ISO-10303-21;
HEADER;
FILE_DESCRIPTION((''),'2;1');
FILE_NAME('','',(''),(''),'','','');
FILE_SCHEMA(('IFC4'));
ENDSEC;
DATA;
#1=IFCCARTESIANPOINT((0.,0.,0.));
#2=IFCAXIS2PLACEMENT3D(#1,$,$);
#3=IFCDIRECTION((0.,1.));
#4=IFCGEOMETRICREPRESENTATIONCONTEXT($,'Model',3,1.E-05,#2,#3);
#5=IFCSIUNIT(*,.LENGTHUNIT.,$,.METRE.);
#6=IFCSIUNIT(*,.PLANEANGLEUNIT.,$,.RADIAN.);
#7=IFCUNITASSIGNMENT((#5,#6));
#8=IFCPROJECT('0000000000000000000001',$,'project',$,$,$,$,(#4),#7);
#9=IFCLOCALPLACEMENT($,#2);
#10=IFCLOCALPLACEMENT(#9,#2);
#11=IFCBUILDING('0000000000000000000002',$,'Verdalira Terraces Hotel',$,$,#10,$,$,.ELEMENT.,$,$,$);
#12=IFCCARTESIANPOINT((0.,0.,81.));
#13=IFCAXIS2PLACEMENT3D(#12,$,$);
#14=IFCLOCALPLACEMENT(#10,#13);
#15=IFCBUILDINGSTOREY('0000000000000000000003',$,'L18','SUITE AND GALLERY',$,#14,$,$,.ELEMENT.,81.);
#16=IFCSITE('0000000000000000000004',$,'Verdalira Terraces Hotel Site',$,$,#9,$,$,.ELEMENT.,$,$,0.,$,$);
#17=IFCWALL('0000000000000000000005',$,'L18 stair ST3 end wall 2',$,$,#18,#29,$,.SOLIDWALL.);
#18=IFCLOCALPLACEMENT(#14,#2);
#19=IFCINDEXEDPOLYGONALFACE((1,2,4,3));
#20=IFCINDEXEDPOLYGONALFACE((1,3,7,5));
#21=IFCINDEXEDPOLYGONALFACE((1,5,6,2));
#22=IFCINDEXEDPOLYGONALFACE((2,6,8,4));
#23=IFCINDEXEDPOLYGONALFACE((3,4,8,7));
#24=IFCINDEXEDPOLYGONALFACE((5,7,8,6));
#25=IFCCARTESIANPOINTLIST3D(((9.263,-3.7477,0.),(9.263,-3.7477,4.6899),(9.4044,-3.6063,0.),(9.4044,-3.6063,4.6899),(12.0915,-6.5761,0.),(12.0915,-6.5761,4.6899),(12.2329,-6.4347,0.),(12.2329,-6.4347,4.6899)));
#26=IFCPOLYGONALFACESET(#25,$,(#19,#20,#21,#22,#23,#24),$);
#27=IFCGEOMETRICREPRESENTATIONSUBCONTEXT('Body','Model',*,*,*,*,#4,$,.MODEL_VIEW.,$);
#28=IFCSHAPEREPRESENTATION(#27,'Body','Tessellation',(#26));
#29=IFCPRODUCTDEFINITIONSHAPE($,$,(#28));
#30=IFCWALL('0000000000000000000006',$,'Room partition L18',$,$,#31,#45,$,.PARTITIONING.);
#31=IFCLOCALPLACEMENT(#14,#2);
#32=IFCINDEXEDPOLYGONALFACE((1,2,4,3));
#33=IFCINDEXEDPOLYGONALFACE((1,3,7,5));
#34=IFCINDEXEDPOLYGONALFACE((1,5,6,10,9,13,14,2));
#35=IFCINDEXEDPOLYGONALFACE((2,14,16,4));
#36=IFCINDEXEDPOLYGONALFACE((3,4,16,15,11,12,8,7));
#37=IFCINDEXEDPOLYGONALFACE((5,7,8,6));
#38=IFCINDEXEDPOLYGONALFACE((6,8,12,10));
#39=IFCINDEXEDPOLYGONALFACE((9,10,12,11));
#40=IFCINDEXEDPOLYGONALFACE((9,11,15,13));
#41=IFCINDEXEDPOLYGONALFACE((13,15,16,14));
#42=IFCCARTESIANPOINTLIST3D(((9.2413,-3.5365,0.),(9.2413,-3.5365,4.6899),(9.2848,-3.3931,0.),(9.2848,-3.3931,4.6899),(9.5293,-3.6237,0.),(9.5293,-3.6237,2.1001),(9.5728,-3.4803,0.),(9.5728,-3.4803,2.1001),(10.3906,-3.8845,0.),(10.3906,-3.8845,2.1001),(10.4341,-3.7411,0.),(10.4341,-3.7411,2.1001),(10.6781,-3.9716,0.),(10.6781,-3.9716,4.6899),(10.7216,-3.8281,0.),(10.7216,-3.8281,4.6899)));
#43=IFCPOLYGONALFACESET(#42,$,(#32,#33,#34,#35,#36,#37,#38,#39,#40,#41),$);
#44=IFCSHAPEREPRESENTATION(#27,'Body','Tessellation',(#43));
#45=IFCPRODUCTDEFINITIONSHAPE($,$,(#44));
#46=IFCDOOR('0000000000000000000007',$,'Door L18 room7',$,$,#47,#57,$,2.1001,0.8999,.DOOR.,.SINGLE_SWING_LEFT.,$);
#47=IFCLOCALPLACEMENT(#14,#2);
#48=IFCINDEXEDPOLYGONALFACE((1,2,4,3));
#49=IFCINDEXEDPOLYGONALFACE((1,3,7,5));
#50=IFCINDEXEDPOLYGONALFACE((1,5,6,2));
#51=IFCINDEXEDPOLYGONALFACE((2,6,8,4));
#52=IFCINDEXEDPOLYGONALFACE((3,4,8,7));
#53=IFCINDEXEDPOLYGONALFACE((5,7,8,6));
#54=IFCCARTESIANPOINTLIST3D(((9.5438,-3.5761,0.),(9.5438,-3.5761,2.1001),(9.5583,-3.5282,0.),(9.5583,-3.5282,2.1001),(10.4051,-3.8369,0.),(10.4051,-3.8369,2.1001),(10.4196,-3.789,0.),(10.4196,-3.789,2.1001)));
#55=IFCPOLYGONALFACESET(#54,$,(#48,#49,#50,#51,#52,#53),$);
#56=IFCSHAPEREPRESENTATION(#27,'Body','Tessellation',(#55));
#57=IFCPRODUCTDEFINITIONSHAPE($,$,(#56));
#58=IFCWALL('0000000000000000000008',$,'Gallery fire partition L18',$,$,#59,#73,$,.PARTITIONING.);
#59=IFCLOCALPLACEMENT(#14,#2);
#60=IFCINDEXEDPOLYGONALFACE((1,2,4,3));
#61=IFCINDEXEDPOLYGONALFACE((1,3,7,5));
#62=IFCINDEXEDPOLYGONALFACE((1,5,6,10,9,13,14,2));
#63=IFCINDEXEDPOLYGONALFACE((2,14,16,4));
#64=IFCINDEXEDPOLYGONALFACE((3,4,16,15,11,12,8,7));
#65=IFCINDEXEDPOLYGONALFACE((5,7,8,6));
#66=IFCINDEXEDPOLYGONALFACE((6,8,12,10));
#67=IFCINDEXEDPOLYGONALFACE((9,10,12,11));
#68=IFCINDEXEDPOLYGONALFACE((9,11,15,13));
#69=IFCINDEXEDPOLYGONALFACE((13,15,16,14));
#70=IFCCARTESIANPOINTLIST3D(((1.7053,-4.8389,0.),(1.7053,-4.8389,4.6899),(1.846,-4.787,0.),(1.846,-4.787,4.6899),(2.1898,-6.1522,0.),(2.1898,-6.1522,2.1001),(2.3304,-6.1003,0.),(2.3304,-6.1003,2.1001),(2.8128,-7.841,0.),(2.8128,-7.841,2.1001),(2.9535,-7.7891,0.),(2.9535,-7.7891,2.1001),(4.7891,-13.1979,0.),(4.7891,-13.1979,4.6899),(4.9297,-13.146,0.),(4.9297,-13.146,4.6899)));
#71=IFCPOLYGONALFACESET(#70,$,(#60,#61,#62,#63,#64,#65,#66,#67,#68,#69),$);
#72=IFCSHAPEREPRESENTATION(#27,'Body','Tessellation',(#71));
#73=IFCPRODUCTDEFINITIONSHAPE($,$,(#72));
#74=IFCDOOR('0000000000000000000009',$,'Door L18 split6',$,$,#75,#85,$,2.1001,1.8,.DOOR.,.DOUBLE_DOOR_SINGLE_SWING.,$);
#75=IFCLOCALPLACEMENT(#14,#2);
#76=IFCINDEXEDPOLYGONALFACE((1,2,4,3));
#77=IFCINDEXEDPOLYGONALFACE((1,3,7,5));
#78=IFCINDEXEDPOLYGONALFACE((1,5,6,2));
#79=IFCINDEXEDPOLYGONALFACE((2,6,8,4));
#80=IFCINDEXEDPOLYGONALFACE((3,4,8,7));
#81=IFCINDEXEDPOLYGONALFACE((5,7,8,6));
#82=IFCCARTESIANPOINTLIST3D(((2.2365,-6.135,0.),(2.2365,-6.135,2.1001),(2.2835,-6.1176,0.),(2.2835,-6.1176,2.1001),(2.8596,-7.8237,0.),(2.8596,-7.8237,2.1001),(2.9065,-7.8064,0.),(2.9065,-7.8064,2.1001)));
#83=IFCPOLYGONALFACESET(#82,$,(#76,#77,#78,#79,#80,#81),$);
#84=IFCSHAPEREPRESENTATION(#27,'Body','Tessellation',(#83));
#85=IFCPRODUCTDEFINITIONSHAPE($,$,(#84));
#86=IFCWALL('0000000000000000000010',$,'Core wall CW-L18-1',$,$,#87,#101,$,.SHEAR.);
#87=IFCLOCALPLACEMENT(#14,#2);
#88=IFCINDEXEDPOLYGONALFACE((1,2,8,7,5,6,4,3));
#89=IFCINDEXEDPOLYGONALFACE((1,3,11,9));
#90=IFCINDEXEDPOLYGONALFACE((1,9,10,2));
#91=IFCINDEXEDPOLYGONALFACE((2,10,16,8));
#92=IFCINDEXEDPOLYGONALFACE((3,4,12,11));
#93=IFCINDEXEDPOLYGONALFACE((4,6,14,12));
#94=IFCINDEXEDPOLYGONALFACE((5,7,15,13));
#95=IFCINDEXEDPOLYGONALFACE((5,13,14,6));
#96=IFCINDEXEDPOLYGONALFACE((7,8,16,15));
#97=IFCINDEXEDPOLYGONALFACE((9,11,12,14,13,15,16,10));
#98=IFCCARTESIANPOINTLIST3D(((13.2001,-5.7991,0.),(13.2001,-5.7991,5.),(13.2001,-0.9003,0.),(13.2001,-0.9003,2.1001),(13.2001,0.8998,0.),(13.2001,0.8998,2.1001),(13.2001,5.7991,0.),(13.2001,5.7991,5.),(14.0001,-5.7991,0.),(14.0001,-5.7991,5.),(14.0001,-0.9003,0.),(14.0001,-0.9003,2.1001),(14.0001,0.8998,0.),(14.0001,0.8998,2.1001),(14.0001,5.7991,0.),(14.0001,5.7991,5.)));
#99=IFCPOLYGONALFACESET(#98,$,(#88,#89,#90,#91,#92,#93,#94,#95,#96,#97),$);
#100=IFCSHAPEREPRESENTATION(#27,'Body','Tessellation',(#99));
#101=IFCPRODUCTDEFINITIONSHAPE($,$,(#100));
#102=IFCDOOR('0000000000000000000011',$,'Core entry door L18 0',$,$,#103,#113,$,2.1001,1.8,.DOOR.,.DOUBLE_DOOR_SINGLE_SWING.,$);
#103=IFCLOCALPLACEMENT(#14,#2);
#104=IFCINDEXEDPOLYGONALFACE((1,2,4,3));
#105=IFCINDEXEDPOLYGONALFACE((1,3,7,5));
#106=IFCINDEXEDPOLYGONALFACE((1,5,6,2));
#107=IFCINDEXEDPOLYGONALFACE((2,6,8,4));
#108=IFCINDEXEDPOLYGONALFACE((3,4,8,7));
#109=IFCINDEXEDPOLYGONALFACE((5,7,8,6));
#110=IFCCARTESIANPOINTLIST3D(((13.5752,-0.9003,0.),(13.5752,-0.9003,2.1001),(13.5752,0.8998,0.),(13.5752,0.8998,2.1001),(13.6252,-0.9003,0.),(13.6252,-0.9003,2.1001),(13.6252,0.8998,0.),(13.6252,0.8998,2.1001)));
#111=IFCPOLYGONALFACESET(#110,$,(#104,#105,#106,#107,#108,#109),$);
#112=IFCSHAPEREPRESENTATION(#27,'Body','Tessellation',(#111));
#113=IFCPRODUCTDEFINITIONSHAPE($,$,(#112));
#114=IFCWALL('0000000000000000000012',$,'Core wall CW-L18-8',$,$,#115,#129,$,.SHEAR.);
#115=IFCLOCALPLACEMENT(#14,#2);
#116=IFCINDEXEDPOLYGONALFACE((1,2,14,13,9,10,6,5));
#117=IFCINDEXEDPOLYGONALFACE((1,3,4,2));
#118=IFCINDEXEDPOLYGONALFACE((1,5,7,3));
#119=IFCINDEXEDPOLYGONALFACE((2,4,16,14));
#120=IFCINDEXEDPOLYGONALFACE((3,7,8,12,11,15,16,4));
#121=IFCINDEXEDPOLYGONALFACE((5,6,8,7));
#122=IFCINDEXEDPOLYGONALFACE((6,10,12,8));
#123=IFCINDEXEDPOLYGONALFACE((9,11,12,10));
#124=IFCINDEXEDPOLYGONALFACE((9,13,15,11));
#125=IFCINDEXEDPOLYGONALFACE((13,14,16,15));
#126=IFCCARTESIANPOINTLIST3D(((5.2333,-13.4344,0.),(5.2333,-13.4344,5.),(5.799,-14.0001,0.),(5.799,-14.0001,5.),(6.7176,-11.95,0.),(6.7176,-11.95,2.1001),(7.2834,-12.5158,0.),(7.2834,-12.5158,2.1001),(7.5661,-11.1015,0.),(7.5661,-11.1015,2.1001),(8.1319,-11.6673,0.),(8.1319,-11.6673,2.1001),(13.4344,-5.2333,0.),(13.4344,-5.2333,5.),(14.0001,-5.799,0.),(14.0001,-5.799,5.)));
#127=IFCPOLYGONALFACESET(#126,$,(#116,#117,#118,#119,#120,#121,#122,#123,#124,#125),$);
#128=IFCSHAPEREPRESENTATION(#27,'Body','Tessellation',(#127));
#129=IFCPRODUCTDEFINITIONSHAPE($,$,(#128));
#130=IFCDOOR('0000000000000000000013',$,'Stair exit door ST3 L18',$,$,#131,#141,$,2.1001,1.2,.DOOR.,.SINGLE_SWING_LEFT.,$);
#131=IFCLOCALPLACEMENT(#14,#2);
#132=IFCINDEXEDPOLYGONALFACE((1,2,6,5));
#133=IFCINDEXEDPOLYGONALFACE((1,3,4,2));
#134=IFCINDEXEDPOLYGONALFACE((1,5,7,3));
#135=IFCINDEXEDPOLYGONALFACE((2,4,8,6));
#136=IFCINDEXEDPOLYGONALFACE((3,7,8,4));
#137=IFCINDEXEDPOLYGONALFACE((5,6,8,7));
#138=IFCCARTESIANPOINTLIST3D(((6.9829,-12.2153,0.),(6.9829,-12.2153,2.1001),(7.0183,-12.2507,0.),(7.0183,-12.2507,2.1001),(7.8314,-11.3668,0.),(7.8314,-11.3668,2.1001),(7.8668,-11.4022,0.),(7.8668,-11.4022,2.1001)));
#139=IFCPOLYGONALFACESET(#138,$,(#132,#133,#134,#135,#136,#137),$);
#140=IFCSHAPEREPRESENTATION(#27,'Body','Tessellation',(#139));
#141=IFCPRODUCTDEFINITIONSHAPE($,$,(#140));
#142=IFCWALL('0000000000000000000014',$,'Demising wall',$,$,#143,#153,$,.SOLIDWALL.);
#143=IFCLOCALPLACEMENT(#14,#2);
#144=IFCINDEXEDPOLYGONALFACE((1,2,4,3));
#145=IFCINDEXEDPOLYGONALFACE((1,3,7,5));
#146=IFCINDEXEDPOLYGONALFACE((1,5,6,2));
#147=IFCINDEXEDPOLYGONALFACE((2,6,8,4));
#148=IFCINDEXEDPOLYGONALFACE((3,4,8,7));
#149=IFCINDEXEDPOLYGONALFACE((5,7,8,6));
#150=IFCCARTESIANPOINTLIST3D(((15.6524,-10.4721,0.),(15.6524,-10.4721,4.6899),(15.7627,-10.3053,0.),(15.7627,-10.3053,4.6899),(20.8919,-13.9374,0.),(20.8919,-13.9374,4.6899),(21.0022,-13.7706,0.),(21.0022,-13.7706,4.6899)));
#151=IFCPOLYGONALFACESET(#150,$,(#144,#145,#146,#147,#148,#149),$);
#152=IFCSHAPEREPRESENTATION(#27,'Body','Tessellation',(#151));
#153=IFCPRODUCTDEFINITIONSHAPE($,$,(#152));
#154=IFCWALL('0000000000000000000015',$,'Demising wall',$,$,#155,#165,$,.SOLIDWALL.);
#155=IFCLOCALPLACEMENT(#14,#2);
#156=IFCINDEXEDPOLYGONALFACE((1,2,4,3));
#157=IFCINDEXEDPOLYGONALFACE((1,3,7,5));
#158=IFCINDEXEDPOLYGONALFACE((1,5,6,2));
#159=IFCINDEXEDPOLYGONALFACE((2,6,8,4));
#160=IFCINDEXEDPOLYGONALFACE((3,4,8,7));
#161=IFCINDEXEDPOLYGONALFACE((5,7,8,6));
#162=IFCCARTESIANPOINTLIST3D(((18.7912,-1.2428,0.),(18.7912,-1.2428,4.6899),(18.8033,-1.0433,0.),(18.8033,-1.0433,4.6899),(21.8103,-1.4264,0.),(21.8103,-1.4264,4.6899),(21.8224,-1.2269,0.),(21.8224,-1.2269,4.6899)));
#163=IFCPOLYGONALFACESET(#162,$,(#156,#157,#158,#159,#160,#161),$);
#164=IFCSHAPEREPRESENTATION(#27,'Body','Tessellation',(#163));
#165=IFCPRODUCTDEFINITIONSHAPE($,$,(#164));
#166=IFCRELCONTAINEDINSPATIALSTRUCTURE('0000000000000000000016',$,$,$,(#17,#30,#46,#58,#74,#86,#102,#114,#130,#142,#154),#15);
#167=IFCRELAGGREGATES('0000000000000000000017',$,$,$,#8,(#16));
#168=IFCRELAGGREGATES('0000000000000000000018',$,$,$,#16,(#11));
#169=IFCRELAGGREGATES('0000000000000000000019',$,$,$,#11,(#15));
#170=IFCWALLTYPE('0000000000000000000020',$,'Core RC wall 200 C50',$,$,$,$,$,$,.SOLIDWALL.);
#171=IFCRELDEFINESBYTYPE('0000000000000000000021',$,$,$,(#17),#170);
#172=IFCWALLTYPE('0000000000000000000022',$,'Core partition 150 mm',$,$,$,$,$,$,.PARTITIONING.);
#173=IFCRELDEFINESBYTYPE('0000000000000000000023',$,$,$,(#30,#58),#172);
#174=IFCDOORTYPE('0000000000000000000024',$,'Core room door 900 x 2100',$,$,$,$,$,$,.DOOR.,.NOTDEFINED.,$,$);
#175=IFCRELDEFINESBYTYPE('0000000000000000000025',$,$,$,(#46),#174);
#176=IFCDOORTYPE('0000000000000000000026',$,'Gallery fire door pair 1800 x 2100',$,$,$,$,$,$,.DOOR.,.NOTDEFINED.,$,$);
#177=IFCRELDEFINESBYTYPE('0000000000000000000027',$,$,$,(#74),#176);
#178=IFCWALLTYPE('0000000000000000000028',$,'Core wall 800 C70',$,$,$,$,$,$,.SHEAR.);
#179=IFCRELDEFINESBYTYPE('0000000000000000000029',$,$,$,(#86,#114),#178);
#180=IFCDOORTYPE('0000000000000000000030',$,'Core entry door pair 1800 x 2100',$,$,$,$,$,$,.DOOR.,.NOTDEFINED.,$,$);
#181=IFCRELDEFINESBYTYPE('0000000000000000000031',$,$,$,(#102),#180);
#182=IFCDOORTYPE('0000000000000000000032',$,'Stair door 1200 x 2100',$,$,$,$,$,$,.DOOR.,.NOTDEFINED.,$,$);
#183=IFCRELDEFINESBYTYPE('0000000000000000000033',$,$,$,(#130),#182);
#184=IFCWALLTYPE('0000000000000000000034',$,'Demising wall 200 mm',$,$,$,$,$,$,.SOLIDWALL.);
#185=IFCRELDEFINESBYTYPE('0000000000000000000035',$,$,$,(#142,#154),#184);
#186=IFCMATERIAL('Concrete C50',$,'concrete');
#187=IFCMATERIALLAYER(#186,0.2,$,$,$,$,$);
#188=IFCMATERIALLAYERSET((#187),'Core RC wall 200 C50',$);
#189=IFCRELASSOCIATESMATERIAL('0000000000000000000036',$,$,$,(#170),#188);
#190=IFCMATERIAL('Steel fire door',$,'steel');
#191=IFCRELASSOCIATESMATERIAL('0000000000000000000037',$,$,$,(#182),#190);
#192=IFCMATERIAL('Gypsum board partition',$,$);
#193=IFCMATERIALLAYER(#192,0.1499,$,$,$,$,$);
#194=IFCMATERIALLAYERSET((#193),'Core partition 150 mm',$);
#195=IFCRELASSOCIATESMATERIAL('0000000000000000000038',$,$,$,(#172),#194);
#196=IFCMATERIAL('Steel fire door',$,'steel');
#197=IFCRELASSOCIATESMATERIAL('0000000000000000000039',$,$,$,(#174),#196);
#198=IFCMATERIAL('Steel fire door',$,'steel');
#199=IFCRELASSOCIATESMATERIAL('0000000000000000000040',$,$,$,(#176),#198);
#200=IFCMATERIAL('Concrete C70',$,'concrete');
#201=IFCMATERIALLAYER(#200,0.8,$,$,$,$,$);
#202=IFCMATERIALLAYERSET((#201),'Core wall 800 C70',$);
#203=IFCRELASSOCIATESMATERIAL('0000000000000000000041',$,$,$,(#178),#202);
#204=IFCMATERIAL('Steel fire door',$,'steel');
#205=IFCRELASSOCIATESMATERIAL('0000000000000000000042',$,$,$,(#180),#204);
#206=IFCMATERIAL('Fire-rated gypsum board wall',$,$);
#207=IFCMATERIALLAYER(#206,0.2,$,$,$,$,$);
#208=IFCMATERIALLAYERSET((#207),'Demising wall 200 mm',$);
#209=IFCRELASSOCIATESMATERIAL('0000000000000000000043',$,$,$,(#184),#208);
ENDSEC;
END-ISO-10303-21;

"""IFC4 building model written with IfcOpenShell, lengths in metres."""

from ifc_helpers import new_model, si_unit, direction, frame, frame_2d, origin, place, context, subcontext, project, spatial, rectangle, extrude, material, layer, layer_set, type_object, element, fill, save


model = new_model("IFC4")

# Units and contexts
model_context = context("Model", 3, precision=1e-05, world=origin(), true_north=direction((0.0, 1.0)))
body_context = subcontext(model_context, "Body", "Model", "MODEL_VIEW")
ifc_project = project(units=[si_unit("LENGTHUNIT", "METRE"), si_unit("PLANEANGLEUNIT", "RADIAN")], contexts=[model_context])

# Site, building, storey
site_placement = place(None, origin())
site = spatial("IfcSite", under=ifc_project, at=site_placement, Name="Verdalira Terraces Hotel Site", CompositionType="ELEMENT", RefElevation=0.0)
building_placement = place(site_placement, origin())
building = spatial("IfcBuilding", under=site, at=building_placement, Name="Verdalira Terraces Hotel", CompositionType="ELEMENT")
storey_placement = place(building_placement, frame((0.0, 0.0, 81.0)))
storey = spatial("IfcBuildingStorey", under=building, at=storey_placement, Name="L18", Description="SUITE AND GALLERY", CompositionType="ELEMENT", Elevation=81.0)

# Shared definitions
ifc_material_1 = material(Name="Concrete C50", Category="concrete")
ifc_layer_1 = layer(ifc_material_1, 0.2)
ifc_layer_set_1 = layer_set([ifc_layer_1], Name="Core RC wall 200 C50")
wall_type_1 = type_object("IfcWallType", Name="Core RC wall 200 C50", PredefinedType="SOLIDWALL", material=ifc_layer_set_1)
ifc_material_2 = material(Name="Steel fire door", Category="steel")
door_type_1 = type_object("IfcDoorType", Name="Stair door 1200 x 2100", OperationType="NOTDEFINED", PredefinedType="DOOR", material=ifc_material_2)

# Wall
for number, where, z_axis, x_axis, name in (
    (1, (9.3337, -3.677, 0.0), (0.0, 0.0, 1.0), (0.707107, -0.707107, 0.0), "L18 stair ST3 end wall 2"),
):
    element("IfcWall", number, at=place(storey_placement, frame(where, z_axis=z_axis, x_axis=x_axis)), inside=storey, type_object=wall_type_1, Name=name, PredefinedType="SOLIDWALL", context=body_context, shape_type="SweptSolid", body=[
        extrude(rectangle(XDim=4.0, YDim=0.2, at=frame_2d((2.0, 0.0))), origin(), (0.0, 0.0, 1.0), 4.6899),
    ])

# Walls, openings, doors
ifc_material_3 = material(Name="Gypsum board partition")
ifc_layer_2 = layer(ifc_material_3, 0.1499)
ifc_layer_set_2 = layer_set([ifc_layer_2], Name="Core partition 150 mm")
wall_type_2 = type_object("IfcWallType", Name="Core partition 150 mm", PredefinedType="PARTITIONING", material=ifc_layer_set_2)
wall_1_placement = place(storey_placement, frame((9.2632, -3.4648, 0.0), z_axis=(0.0, 0.0, 1.0), x_axis=(0.957085, -0.289809, 0.0)))
wall_1 = element("IfcWall", 2, at=wall_1_placement, inside=storey, type_object=wall_type_2, Name="Room partition L18", PredefinedType="PARTITIONING", context=body_context, shape_type="SweptSolid", body=[
    extrude(rectangle(XDim=1.5012, YDim=0.1499, at=frame_2d((0.7505, 0.0))), origin(), (0.0, 0.0, 1.0), 4.6899),
])
opening_1_placement = place(wall_1_placement, frame((0.3008, 0.0, 0.0)))
opening_1 = element("IfcOpeningElement", 3, at=opening_1_placement, cuts=wall_1, PredefinedType="OPENING", context=body_context, shape_type="SweptSolid", body=[
    extrude(rectangle(XDim=0.8999, YDim=2.1001, at=frame_2d((0.45, 1.05))), frame((0.0, 0.085, 0.0), z_axis=(0.0, -1.0, 0.0), x_axis=(1.0, 0.0, 0.0)), (0.0, 0.0, 1.0), 0.1699),
])
ifc_material_4 = material(Name="Steel fire door", Category="steel")
door_type_2 = type_object("IfcDoorType", Name="Core room door 900 x 2100", OperationType="NOTDEFINED", PredefinedType="DOOR", material=ifc_material_4)
door_1_placement = place(opening_1_placement, origin())
door_1 = element("IfcDoor", 4, at=door_1_placement, inside=storey, type_object=door_type_2, Name="Door L18 room7", OperationType="SINGLE_SWING_LEFT", OverallHeight=2.1001, OverallWidth=0.8999, PredefinedType="DOOR", context=body_context, shape_type="SweptSolid", body=[
    extrude(rectangle(XDim=0.8999, YDim=2.1001, at=frame_2d((0.45, 1.05))), frame((0.0, 0.0249, 0.0), z_axis=(0.0, -1.0, 0.0), x_axis=(1.0, 0.0, 0.0)), (0.0, 0.0, 1.0), 0.05),
])
fill(opening_1, door_1)
wall_2_placement = place(storey_placement, frame((1.7756, -4.813, 0.0), z_axis=(0.0, 0.0, 1.0), x_axis=(0.346115, -0.938192, 0.0)))
wall_2 = element("IfcWall", 5, at=wall_2_placement, inside=storey, type_object=wall_type_2, Name="Gallery fire partition L18", PredefinedType="PARTITIONING", context=body_context, shape_type="SweptSolid", body=[
    extrude(rectangle(XDim=8.9097, YDim=0.1499, at=frame_2d((4.4548, 0.0))), origin(), (0.0, 0.0, 1.0), 4.6899),
])
opening_2_placement = place(wall_2_placement, frame((1.3999, 0.0, 0.0)))
opening_2 = element("IfcOpeningElement", 6, at=opening_2_placement, cuts=wall_2, PredefinedType="OPENING", context=body_context, shape_type="SweptSolid", body=[
    extrude(rectangle(XDim=1.8, YDim=2.1001, at=frame_2d((0.8999, 1.05))), frame((0.0, 0.085, 0.0), z_axis=(0.0, -1.0, 0.0), x_axis=(1.0, 0.0, 0.0)), (0.0, 0.0, 1.0), 0.1699),
])
ifc_material_5 = material(Name="Steel fire door", Category="steel")
door_type_3 = type_object("IfcDoorType", Name="Gallery fire door pair 1800 x 2100", OperationType="NOTDEFINED", PredefinedType="DOOR", material=ifc_material_5)
door_2_placement = place(opening_2_placement, origin())
door_2 = element("IfcDoor", 7, at=door_2_placement, inside=storey, type_object=door_type_3, Name="Door L18 split6", OperationType="DOUBLE_DOOR_SINGLE_SWING", OverallHeight=2.1001, OverallWidth=1.8, PredefinedType="DOOR", context=body_context, shape_type="SweptSolid", body=[
    extrude(rectangle(XDim=1.8, YDim=2.1001, at=frame_2d((0.8999, 1.05))), frame((0.0, 0.0249, 0.0), z_axis=(0.0, -1.0, 0.0), x_axis=(1.0, 0.0, 0.0)), (0.0, 0.0, 1.0), 0.05),
])
fill(opening_2, door_2)
ifc_material_6 = material(Name="Concrete C70", Category="concrete")
ifc_layer_3 = layer(ifc_material_6, 0.8)
ifc_layer_set_3 = layer_set([ifc_layer_3], Name="Core wall 800 C70")
wall_type_3 = type_object("IfcWallType", Name="Core wall 800 C70", PredefinedType="SHEAR", material=ifc_layer_set_3)
wall_3_placement = place(storey_placement, frame((13.6001, -5.7991, 0.0), z_axis=(0.0, 0.0, 1.0), x_axis=(0.0, 1.0, 0.0)))
wall_3 = element("IfcWall", 8, at=wall_3_placement, inside=storey, type_object=wall_type_3, Name="Core wall CW-L18-1", PredefinedType="SHEAR", context=body_context, shape_type="SweptSolid", body=[
    extrude(rectangle(XDim=11.5981, YDim=0.8, at=frame_2d((5.7991, 0.0))), origin(), (0.0, 0.0, 1.0), 5.0),
])
opening_3_placement = place(wall_3_placement, frame((4.8989, 0.0, 0.0)))
opening_3 = element("IfcOpeningElement", 9, at=opening_3_placement, cuts=wall_3, PredefinedType="OPENING", context=body_context, shape_type="SweptSolid", body=[
    extrude(rectangle(XDim=1.8, YDim=2.1001, at=frame_2d((0.8999, 1.05))), frame((0.0, 0.4099, 0.0), z_axis=(0.0, -1.0, 0.0), x_axis=(1.0, 0.0, 0.0)), (0.0, 0.0, 1.0), 0.8201),
])
ifc_material_7 = material(Name="Steel fire door", Category="steel")
door_type_4 = type_object("IfcDoorType", Name="Core entry door pair 1800 x 2100", OperationType="NOTDEFINED", PredefinedType="DOOR", material=ifc_material_7)
door_3_placement = place(opening_3_placement, origin())
door_3 = element("IfcDoor", 10, at=door_3_placement, inside=storey, type_object=door_type_4, Name="Core entry door L18 0", OperationType="DOUBLE_DOOR_SINGLE_SWING", OverallHeight=2.1001, OverallWidth=1.8, PredefinedType="DOOR", context=body_context, shape_type="SweptSolid", body=[
    extrude(rectangle(XDim=1.8, YDim=2.1001, at=frame_2d((0.8999, 1.05))), frame((0.0, 0.0249, 0.0), z_axis=(0.0, -1.0, 0.0), x_axis=(1.0, 0.0, 0.0)), (0.0, 0.0, 1.0), 0.05),
])
fill(opening_3, door_3)
wall_4_placement = place(storey_placement, frame((5.5161, -13.7173, 0.0), z_axis=(0.0, 0.0, 1.0), x_axis=(0.707107, 0.707107, 0.0)))
wall_4 = element("IfcWall", 11, at=wall_4_placement, inside=storey, type_object=wall_type_3, Name="Core wall CW-L18-8", PredefinedType="SHEAR", context=body_context, shape_type="SweptSolid", body=[
    extrude(rectangle(XDim=11.5981, YDim=0.8, at=frame_2d((5.7991, 0.0))), origin(), (0.0, 0.0, 1.0), 5.0),
])
opening_4_placement = place(wall_4_placement, frame((2.0991, 0.0, 0.0)))
opening_4 = element("IfcOpeningElement", 12, at=opening_4_placement, cuts=wall_4, PredefinedType="OPENING", context=body_context, shape_type="SweptSolid", body=[
    extrude(rectangle(XDim=1.2, YDim=2.1001, at=frame_2d((0.6001, 1.05))), frame((0.0, 0.4099, 0.0), z_axis=(0.0, -1.0, 0.0), x_axis=(1.0, 0.0, 0.0)), (0.0, 0.0, 1.0), 0.8201),
])
door_4_placement = place(opening_4_placement, origin())
door_4 = element("IfcDoor", 13, at=door_4_placement, inside=storey, type_object=door_type_1, Name="Stair exit door ST3 L18", OperationType="SINGLE_SWING_LEFT", OverallHeight=2.1001, OverallWidth=1.2, PredefinedType="DOOR", context=body_context, shape_type="SweptSolid", body=[
    extrude(rectangle(XDim=1.2, YDim=2.1001, at=frame_2d((0.6001, 1.05))), frame((0.0, 0.0249, 0.0), z_axis=(0.0, -1.0, 0.0), x_axis=(1.0, 0.0, 0.0)), (0.0, 0.0, 1.0), 0.05),
])
fill(opening_4, door_4)

# Walls
ifc_material_8 = material(Name="Fire-rated gypsum board wall")
ifc_layer_4 = layer(ifc_material_8, 0.2)
ifc_layer_set_4 = layer_set([ifc_layer_4], Name="Demising wall 200 mm")
wall_type_4 = type_object("IfcWallType", Name="Demising wall 200 mm", PredefinedType="SOLIDWALL", material=ifc_layer_set_4)
wall_5_placement = place(storey_placement, frame((20.947, -13.854, 0.0), z_axis=(0.0, 0.0, 1.0), x_axis=(-0.834078, 0.551647, 0.0)))
element("IfcWall", 14, at=wall_5_placement, inside=storey, type_object=wall_type_4, Name="Demising wall", PredefinedType="SOLIDWALL", context=body_context, shape_type="SweptSolid", body=[
    extrude(rectangle(XDim=6.2817, YDim=0.2, at=frame_2d((3.1409, 0.0))), origin(), (0.0, 0.0, 1.0), 4.6899),
])
wall_6_placement = place(storey_placement, frame((18.7974, -1.1431, 0.0), z_axis=(0.0, 0.0, 1.0), x_axis=(0.998156, -0.0607, 0.0)))
element("IfcWall", 15, at=wall_6_placement, inside=storey, type_object=wall_type_4, Name="Demising wall", PredefinedType="SOLIDWALL", context=body_context, shape_type="SweptSolid", body=[
    extrude(rectangle(XDim=3.0247, YDim=0.2, at=frame_2d((1.5122, 0.0))), origin(), (0.0, 0.0, 1.0), 4.6899),
])

save(model, "model.ifc")
